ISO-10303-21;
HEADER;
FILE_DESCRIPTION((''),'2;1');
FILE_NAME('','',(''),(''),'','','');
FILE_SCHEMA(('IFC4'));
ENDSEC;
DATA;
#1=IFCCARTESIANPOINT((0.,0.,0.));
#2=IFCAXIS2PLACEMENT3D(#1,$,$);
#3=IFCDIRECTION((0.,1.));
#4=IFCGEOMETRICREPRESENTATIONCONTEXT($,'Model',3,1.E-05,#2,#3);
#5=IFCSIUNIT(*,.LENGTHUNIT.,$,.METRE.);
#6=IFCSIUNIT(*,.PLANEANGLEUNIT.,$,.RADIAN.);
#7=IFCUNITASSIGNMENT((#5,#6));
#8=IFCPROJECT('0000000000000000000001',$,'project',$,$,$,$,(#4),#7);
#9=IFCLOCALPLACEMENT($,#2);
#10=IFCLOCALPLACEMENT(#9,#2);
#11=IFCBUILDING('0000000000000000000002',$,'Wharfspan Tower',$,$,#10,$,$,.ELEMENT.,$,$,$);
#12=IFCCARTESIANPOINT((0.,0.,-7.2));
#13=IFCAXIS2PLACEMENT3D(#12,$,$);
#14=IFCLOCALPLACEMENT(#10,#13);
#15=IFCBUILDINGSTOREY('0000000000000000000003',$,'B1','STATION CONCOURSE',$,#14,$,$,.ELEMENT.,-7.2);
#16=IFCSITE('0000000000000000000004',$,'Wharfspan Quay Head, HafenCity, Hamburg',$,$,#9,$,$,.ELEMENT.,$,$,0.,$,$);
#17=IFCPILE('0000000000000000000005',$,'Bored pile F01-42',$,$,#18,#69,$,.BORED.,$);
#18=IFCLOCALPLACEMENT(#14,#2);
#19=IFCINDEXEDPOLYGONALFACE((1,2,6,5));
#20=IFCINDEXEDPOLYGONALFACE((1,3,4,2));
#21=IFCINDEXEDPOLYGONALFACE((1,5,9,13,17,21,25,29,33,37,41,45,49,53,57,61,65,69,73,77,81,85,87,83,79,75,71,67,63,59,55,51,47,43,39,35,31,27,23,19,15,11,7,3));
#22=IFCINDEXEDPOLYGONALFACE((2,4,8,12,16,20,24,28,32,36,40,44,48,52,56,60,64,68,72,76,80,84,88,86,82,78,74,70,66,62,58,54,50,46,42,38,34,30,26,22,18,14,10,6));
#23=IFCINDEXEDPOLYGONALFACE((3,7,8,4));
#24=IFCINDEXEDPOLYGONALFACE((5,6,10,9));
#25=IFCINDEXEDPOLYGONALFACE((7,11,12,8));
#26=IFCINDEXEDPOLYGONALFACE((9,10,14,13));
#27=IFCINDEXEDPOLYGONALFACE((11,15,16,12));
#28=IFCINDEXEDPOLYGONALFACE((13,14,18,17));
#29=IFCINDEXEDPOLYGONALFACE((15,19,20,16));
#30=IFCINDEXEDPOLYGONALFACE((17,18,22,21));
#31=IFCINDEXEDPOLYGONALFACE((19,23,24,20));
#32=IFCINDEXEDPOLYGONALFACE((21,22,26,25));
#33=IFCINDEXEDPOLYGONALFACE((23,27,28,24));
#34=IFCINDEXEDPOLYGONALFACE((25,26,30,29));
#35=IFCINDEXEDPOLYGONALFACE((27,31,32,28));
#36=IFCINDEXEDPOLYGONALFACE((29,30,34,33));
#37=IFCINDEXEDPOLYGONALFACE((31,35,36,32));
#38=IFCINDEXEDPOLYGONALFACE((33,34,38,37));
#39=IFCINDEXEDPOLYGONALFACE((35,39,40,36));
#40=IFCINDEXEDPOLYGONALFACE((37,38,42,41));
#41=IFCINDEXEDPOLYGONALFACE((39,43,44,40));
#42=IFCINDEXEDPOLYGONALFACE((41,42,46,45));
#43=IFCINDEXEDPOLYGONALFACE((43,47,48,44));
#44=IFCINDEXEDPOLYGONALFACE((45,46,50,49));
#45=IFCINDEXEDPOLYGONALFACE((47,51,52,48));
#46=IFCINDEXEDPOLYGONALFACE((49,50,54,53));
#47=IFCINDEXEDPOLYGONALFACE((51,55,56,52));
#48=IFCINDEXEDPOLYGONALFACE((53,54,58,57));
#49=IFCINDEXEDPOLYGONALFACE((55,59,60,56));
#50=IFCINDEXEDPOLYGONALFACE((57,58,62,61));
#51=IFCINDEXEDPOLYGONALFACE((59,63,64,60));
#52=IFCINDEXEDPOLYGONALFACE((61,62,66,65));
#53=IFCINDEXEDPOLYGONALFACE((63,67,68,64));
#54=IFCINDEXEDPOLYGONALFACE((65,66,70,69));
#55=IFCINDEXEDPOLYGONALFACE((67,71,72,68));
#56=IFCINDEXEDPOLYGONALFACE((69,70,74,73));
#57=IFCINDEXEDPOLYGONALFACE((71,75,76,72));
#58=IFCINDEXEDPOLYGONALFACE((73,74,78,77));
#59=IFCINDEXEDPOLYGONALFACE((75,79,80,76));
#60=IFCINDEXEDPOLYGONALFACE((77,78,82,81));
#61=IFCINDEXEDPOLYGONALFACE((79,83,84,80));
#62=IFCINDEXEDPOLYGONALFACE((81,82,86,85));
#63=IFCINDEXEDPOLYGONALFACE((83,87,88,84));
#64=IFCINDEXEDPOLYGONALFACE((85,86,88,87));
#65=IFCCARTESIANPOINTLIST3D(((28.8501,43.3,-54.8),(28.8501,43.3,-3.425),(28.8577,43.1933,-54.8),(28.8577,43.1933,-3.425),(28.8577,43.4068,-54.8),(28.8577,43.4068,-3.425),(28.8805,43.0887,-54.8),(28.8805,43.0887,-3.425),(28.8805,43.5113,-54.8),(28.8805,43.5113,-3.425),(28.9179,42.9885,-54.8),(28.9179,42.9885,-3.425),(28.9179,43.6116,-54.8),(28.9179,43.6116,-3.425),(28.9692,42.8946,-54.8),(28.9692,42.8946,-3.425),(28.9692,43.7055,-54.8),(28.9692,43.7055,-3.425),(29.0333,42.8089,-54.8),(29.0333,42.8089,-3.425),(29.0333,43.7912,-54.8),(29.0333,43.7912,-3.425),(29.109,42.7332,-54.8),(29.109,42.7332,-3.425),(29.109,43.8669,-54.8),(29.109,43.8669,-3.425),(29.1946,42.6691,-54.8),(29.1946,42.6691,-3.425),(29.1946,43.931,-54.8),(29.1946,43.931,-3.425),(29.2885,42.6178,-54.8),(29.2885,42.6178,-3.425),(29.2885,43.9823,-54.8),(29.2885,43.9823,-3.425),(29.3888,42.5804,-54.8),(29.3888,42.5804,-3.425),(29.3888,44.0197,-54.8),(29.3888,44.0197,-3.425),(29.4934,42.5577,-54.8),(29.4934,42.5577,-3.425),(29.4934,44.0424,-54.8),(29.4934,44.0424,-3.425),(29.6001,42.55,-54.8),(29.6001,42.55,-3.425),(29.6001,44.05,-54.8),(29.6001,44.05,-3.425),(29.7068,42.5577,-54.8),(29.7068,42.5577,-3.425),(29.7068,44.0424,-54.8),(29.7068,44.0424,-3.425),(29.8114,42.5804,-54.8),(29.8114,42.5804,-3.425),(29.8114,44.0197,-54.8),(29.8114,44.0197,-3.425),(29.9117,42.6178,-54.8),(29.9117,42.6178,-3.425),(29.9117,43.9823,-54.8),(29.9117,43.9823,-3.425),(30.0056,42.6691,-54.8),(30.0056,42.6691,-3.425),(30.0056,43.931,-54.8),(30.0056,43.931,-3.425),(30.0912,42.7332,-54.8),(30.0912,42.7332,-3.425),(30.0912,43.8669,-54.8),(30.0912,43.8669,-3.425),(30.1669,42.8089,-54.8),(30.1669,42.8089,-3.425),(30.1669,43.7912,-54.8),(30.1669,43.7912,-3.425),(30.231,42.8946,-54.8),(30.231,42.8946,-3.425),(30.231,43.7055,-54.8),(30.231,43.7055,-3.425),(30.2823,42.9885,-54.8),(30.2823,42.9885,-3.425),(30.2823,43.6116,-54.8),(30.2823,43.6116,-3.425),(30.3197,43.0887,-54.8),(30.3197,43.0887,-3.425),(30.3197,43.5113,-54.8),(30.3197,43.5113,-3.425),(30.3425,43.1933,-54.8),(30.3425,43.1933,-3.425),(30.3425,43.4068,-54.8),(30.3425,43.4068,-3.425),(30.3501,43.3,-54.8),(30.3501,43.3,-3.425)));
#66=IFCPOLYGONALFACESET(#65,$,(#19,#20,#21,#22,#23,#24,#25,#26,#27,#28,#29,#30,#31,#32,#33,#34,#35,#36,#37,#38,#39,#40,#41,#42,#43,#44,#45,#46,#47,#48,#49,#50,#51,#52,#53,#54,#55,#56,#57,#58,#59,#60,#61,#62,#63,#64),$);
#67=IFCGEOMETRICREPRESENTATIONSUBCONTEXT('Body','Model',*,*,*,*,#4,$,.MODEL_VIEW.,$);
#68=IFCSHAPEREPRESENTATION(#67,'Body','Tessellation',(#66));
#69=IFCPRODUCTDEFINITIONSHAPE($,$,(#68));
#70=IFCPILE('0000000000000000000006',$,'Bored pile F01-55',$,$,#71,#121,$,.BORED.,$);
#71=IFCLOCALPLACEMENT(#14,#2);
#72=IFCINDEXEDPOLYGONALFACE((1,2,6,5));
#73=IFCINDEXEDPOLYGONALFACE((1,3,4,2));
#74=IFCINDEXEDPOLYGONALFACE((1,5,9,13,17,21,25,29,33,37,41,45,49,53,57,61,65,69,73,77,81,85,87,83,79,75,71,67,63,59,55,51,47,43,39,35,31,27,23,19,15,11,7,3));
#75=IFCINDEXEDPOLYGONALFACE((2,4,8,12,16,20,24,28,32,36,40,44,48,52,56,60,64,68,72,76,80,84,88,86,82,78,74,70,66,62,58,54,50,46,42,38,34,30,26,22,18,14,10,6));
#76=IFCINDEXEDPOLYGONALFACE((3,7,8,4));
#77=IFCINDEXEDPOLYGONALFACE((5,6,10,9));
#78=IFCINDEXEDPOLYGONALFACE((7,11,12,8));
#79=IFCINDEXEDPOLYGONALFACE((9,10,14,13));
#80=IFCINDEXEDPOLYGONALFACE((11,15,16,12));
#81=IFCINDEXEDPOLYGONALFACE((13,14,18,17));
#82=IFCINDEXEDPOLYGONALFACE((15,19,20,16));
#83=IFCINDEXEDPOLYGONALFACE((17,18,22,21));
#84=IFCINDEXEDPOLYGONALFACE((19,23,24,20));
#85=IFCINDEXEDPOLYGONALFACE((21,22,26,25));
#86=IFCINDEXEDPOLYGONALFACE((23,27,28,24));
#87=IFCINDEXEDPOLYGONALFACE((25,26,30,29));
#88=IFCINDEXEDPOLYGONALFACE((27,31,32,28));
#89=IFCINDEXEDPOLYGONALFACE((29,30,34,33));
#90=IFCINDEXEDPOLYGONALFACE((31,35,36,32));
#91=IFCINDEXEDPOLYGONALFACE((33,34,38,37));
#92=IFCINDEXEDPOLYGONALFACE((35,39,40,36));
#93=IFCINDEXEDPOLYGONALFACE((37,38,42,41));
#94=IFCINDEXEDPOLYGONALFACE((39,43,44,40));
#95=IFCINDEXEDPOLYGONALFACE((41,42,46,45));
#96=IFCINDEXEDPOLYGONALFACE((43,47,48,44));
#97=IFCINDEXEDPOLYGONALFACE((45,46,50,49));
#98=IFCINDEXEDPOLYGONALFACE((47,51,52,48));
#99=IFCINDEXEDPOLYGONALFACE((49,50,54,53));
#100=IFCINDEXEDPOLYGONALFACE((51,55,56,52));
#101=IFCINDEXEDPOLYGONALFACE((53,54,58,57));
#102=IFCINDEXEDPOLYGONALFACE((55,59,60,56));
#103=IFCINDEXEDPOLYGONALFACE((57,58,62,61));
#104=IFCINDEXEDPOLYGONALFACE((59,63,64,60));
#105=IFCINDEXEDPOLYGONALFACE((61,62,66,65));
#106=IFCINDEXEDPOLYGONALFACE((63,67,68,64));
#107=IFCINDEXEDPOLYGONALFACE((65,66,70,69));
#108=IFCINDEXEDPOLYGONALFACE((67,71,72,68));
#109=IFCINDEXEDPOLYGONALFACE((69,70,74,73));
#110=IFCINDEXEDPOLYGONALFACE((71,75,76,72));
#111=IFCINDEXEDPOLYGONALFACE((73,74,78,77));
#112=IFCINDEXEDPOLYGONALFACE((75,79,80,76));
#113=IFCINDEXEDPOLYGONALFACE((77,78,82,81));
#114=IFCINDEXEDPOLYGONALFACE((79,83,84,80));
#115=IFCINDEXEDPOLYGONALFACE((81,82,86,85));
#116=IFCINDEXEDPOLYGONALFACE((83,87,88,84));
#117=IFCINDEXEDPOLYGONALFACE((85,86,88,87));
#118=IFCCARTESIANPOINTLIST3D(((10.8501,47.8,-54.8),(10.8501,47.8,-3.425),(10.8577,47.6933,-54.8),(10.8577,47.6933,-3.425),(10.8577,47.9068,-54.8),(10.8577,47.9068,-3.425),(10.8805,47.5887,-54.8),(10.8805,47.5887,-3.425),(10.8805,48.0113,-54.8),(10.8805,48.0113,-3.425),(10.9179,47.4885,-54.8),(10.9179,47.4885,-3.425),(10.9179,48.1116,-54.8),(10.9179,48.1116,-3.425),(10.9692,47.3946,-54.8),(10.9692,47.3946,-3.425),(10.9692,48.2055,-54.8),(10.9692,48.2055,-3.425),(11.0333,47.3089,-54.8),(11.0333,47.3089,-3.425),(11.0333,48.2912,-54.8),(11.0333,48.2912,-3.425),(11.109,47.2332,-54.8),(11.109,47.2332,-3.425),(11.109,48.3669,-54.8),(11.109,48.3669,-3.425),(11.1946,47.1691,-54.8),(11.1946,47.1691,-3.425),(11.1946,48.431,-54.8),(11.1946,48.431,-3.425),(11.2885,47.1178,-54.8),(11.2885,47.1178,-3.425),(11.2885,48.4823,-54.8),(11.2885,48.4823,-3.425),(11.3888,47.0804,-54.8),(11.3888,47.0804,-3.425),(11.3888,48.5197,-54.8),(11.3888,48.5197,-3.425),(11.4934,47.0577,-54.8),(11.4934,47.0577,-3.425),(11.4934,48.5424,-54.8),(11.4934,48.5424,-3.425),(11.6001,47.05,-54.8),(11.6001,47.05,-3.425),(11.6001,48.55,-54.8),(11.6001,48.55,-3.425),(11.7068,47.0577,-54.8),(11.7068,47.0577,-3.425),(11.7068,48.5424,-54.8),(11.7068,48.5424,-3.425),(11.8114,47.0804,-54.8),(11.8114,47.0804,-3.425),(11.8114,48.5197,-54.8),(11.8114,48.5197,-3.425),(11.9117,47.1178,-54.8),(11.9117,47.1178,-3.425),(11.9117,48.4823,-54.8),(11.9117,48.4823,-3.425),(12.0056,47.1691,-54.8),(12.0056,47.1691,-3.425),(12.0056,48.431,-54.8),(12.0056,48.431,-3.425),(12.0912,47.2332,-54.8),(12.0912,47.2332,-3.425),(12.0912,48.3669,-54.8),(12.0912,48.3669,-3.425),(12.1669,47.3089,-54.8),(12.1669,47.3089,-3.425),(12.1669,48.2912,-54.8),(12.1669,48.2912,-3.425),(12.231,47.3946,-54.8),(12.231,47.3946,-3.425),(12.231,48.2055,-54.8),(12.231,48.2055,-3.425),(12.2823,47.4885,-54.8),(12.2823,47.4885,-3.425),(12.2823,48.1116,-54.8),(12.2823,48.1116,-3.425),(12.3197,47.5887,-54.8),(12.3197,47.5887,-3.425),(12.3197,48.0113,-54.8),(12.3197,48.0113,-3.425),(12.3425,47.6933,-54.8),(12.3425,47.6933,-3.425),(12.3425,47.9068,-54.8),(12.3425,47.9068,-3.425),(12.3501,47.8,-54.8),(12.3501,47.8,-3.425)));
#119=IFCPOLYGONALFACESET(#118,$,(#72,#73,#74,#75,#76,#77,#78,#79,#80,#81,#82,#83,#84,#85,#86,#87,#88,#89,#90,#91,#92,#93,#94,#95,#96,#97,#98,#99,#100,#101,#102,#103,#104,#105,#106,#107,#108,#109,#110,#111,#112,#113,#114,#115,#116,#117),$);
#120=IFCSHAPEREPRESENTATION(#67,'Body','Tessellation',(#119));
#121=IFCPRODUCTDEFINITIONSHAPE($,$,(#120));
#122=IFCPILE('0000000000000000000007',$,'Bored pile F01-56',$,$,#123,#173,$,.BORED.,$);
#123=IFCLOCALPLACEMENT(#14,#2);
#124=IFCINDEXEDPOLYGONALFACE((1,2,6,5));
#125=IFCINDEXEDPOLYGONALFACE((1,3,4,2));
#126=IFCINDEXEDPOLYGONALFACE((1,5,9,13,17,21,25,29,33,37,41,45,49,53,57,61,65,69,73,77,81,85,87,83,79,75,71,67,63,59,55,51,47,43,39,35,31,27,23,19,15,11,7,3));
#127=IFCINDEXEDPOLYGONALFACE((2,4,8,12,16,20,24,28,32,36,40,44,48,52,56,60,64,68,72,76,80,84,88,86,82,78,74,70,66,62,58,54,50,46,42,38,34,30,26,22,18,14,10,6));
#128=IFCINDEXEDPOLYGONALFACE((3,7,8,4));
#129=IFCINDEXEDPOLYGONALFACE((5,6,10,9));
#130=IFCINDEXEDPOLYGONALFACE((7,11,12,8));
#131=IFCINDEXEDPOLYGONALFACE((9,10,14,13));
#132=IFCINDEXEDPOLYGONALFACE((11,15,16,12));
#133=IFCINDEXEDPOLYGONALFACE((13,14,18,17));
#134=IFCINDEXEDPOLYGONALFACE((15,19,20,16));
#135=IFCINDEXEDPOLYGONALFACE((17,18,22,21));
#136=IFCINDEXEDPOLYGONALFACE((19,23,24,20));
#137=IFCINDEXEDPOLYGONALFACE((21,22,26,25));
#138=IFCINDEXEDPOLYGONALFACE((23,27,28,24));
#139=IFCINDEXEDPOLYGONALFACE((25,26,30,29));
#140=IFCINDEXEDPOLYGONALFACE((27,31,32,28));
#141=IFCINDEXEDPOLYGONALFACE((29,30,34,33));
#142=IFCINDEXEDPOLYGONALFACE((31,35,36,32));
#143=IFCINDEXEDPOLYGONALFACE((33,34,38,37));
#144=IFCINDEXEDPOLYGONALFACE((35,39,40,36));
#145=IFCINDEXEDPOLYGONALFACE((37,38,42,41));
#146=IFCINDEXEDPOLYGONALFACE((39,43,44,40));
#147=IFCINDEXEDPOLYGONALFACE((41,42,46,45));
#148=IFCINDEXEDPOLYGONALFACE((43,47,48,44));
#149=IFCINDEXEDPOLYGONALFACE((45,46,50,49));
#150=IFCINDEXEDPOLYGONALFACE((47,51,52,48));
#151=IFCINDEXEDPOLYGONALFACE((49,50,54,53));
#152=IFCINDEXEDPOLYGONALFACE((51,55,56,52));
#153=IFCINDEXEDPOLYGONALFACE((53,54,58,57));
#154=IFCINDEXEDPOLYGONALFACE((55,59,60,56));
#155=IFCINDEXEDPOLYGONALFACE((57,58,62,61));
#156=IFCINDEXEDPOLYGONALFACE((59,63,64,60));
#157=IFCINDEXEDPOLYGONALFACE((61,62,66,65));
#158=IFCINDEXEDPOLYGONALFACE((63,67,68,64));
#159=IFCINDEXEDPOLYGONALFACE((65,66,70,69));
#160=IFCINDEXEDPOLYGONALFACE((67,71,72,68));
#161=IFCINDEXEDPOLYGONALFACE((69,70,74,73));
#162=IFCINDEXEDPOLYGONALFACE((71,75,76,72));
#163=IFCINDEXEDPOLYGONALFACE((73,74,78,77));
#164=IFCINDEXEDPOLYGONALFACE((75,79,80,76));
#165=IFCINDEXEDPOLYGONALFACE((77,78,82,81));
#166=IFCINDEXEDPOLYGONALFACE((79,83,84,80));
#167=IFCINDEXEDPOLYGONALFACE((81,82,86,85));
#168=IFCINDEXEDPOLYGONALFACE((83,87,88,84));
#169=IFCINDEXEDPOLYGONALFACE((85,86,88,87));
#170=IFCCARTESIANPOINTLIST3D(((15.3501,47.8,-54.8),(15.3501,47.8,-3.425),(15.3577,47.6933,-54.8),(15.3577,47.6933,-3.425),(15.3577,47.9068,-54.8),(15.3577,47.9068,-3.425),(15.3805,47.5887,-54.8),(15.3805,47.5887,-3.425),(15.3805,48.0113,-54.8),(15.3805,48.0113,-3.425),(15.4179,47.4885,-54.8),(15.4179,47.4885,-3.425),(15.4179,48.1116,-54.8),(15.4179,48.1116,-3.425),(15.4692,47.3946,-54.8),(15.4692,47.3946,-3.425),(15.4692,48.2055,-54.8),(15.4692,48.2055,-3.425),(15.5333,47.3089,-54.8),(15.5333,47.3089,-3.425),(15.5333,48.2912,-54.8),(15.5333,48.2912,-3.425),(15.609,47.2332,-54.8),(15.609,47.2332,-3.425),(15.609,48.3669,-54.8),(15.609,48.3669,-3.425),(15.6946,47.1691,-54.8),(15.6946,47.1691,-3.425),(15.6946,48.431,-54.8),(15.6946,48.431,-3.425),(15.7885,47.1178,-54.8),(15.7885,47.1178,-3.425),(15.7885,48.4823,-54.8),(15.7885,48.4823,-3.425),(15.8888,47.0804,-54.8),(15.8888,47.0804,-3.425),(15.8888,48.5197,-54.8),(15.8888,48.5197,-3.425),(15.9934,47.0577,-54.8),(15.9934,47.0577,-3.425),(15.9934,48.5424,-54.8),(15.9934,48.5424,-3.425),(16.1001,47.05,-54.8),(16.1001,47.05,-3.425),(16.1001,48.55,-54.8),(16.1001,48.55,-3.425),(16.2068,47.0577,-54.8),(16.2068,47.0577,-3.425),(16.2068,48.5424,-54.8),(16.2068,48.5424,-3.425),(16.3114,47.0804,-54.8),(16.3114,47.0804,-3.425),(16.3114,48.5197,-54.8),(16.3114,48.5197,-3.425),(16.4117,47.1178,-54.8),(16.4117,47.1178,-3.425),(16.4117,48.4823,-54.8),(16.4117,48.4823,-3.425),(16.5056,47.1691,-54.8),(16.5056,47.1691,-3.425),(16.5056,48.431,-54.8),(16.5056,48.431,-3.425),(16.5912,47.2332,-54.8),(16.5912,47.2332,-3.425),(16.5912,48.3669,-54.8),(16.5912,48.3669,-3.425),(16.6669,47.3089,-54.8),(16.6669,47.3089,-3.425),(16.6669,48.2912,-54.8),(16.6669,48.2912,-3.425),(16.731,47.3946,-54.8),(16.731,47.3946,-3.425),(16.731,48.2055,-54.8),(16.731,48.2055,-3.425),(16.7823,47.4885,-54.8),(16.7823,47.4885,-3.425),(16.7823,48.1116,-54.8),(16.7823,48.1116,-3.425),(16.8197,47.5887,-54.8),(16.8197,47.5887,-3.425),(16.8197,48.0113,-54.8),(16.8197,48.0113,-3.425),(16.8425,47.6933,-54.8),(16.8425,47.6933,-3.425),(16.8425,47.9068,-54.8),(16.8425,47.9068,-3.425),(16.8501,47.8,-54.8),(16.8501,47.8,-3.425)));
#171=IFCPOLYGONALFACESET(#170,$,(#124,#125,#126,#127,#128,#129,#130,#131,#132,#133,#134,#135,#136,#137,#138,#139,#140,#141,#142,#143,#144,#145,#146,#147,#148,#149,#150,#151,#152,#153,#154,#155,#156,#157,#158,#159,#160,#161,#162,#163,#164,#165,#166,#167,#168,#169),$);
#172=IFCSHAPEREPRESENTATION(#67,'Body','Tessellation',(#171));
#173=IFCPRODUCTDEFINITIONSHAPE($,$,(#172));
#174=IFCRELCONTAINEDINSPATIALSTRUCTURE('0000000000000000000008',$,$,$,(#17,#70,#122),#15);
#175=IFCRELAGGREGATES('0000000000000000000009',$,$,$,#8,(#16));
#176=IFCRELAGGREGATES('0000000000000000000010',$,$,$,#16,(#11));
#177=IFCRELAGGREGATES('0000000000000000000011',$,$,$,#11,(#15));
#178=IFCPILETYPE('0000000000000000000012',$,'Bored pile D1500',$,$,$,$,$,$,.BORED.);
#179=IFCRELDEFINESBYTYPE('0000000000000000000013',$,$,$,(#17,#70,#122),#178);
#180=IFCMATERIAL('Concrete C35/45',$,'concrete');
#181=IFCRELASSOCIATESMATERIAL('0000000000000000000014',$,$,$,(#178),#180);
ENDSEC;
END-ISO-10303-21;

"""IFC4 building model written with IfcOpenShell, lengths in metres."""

from ifc_helpers import new_model, si_unit, direction, frame, origin, origin_2d, place, context, subcontext, project, spatial, circle, extrude, material, material_profile, profile_set, type_object, element, save


model = new_model("IFC4")

# Units and contexts
model_context = context("Model", 3, precision=1e-05, world=origin(), true_north=direction((0.0, 1.0)))
body_context = subcontext(model_context, "Body", "Model", "MODEL_VIEW")
ifc_project = project(units=[si_unit("LENGTHUNIT", "METRE"), si_unit("PLANEANGLEUNIT", "RADIAN")], contexts=[model_context])

# Site, building, storey
site_placement = place(None, origin())
site = spatial("IfcSite", under=ifc_project, at=site_placement, Name="Wharfspan Quay Head, HafenCity, Hamburg", CompositionType="ELEMENT", RefElevation=0.0)
building_placement = place(site_placement, origin())
building = spatial("IfcBuilding", under=site, at=building_placement, Name="Wharfspan Tower", CompositionType="ELEMENT")
storey_placement = place(building_placement, frame((0.0, 0.0, -7.2)))
storey = spatial("IfcBuildingStorey", under=building, at=storey_placement, Name="B1", Description="STATION CONCOURSE", CompositionType="ELEMENT", Elevation=-7.2)

# Piles
ifc_material_1 = material(Name="Concrete C35/45", Category="concrete")
ifc_material_profile_1 = material_profile(ifc_material_1, circle(Radius=0.75, at=origin_2d()))
ifc_profile_set_1 = profile_set([ifc_material_profile_1], Name="Concrete C35/45")
pile_type = type_object("IfcPileType", Name="Bored pile D1500", PredefinedType="BORED", material=ifc_profile_set_1)
for number, where, z_axis, x_axis, name in (
    (1, (29.6001, 43.3, -3.425), (0.0, 0.0, -1.0), (1.0, 0.0, 0.0), "Bored pile F01-42"),
    (2, (11.6001, 47.8, -3.425), (0.0, 0.0, -1.0), (1.0, 0.0, 0.0), "Bored pile F01-55"),
    (3, (16.1001, 47.8, -3.425), (0.0, 0.0, -1.0), (1.0, 0.0, 0.0), "Bored pile F01-56"),
):
    element("IfcPile", number, at=place(storey_placement, frame(where, z_axis=z_axis, x_axis=x_axis)), inside=storey, type_object=pile_type, Name=name, PredefinedType="BORED", context=body_context, shape_type="SweptSolid", body=[
        extrude(circle(Radius=0.75, at=origin_2d()), origin(), (0.0, 0.0, 1.0), 51.375),
    ])

save(model, "model.ifc")
